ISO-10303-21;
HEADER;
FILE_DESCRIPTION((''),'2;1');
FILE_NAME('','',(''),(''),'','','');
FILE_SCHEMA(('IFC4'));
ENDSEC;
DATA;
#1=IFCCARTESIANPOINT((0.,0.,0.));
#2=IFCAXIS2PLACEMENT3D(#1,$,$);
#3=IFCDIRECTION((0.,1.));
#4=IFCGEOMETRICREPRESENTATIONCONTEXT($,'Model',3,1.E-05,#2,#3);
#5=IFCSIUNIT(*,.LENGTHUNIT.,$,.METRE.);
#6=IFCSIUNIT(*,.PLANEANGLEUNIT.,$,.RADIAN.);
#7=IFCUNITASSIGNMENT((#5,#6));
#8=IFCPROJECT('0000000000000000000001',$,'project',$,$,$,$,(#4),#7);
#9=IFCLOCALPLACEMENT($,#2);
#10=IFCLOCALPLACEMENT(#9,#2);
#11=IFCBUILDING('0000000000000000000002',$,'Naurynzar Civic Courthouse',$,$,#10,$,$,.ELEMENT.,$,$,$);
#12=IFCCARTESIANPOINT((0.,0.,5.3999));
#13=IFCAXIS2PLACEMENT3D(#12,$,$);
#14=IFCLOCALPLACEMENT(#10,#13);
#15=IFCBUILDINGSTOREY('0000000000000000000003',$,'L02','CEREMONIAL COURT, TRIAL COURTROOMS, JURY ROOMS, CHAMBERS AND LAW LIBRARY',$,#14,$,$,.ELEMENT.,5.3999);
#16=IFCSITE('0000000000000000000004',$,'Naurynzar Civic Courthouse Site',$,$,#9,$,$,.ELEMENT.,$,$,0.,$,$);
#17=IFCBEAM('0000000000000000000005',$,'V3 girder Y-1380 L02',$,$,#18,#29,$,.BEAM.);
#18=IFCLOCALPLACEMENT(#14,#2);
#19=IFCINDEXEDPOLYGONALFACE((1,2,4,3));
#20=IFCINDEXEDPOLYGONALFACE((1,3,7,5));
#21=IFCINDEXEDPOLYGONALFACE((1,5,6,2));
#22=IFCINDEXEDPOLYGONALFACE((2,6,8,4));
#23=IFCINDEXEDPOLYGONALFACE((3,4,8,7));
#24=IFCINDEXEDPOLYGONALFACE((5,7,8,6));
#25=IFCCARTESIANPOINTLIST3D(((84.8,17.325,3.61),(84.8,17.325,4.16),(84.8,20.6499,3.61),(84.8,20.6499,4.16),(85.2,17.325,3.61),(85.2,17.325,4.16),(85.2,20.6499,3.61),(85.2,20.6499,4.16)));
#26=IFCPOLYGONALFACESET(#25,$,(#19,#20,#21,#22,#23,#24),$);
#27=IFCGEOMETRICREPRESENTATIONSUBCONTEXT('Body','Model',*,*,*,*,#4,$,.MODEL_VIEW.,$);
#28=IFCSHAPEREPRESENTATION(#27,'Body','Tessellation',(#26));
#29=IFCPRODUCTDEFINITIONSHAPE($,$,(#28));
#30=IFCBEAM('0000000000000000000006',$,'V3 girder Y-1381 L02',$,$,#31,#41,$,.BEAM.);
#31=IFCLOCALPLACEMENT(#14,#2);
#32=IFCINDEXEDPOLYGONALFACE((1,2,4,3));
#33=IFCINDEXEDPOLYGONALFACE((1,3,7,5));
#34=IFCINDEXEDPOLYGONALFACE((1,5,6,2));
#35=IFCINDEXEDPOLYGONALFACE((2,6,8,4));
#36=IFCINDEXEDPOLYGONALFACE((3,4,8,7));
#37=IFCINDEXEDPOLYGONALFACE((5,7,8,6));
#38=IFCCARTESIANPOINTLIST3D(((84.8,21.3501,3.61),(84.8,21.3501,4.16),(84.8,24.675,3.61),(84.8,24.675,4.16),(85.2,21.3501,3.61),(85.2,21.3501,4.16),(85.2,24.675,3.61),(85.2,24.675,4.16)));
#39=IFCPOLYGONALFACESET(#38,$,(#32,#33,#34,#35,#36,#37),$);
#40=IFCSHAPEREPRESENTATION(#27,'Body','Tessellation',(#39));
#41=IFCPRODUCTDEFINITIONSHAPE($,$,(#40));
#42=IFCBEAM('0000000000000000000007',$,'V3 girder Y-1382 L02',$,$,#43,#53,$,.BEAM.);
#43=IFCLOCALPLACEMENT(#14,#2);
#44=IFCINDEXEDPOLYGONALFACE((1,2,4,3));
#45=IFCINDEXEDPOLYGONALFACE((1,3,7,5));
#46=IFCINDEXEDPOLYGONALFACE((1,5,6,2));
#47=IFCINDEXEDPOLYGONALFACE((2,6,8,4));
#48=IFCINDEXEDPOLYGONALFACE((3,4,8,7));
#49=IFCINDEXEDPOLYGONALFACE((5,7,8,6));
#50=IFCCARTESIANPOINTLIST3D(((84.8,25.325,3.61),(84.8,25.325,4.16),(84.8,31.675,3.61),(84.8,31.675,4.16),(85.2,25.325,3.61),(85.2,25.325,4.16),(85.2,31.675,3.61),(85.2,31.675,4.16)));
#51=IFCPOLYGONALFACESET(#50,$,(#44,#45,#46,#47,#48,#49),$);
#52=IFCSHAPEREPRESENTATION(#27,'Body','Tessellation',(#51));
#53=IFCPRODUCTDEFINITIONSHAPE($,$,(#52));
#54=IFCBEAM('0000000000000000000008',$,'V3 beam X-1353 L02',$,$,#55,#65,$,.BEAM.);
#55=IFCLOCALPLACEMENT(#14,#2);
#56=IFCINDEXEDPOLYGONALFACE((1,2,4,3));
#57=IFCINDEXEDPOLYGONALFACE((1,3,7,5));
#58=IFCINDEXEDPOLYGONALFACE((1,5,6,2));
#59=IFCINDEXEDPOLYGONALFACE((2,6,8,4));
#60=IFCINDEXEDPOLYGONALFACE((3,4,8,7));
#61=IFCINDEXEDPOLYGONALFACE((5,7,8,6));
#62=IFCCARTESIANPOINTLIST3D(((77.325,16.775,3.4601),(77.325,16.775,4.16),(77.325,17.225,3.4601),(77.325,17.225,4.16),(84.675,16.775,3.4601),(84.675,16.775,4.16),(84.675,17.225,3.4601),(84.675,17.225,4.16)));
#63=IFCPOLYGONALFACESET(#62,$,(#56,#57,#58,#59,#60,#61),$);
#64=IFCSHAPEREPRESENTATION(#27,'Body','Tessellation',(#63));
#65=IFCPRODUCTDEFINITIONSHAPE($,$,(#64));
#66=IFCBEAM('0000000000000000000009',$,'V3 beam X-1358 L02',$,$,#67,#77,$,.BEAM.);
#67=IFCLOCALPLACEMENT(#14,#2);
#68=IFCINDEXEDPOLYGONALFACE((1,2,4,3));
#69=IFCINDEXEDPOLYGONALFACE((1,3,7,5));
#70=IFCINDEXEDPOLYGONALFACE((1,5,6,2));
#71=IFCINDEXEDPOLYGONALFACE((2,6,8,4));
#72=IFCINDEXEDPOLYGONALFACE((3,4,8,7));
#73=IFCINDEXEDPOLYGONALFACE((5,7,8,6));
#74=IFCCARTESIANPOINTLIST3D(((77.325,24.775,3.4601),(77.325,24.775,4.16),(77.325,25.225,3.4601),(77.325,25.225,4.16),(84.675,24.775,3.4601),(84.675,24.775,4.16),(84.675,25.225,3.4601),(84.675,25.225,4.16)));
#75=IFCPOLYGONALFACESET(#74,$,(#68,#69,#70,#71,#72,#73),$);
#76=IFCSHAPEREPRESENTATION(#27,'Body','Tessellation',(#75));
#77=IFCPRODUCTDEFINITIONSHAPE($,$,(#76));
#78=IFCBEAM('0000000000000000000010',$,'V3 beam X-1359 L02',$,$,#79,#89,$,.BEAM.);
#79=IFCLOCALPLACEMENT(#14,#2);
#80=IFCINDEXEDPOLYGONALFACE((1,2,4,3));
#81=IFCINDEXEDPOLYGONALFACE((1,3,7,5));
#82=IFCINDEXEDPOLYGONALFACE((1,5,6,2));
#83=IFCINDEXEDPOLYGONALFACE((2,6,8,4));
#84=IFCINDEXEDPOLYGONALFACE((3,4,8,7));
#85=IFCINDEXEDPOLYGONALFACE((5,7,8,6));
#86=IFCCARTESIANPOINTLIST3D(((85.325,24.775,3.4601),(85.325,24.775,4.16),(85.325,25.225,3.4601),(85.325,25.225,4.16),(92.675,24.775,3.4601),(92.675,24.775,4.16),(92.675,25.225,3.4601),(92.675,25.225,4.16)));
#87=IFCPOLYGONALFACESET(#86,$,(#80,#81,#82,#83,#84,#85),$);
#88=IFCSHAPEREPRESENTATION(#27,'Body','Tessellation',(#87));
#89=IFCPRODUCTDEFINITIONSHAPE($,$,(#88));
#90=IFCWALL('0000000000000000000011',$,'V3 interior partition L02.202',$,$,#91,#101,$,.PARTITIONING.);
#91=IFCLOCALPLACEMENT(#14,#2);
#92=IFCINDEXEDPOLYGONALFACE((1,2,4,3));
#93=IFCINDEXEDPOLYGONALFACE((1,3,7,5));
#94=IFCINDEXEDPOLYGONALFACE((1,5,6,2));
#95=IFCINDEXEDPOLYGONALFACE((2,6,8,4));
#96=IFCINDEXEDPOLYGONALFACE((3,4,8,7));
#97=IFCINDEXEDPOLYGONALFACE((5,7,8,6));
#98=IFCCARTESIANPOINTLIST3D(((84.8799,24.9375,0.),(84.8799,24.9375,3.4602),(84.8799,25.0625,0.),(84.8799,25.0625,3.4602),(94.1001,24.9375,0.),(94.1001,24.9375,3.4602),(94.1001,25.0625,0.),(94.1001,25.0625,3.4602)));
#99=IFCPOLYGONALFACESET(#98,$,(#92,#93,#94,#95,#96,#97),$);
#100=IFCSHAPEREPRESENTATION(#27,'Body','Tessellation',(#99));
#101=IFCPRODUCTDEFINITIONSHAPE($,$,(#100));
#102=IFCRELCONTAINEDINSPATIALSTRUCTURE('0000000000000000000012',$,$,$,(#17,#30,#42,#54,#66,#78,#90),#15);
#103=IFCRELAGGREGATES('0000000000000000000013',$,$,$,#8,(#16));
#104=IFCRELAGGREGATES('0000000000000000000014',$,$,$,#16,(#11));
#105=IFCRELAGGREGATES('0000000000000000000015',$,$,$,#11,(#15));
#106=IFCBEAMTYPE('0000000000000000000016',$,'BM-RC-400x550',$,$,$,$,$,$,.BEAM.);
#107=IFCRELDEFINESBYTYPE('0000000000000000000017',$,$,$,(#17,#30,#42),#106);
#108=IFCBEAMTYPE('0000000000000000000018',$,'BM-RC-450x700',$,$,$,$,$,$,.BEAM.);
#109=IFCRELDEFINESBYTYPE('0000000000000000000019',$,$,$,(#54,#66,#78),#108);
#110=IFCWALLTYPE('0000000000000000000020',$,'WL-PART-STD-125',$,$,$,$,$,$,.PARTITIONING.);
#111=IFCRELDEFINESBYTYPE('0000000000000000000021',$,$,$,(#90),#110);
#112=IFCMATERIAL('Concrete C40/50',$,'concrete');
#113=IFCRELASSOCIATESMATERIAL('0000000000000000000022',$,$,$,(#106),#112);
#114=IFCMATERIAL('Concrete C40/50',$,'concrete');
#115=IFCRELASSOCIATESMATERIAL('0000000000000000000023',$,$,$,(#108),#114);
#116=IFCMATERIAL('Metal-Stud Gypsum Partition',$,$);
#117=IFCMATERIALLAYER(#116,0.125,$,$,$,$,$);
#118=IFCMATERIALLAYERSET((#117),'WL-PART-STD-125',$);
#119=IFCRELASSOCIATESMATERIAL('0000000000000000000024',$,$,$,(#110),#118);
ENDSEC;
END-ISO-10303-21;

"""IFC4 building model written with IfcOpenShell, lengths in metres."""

from ifc_helpers import new_model, si_unit, direction, frame, frame_2d, origin, origin_2d, place, context, subcontext, project, spatial, rectangle, extrude, material, layer, layer_set, material_profile, profile_set, type_object, element, save


model = new_model("IFC4")

# Units and contexts
model_context = context("Model", 3, precision=1e-05, world=origin(), true_north=direction((0.0, 1.0)))
body_context = subcontext(model_context, "Body", "Model", "MODEL_VIEW")
ifc_project = project(units=[si_unit("LENGTHUNIT", "METRE"), si_unit("PLANEANGLEUNIT", "RADIAN")], contexts=[model_context])

# Site, building, storey
site_placement = place(None, origin())
site = spatial("IfcSite", under=ifc_project, at=site_placement, Name="Naurynzar Civic Courthouse Site", CompositionType="ELEMENT", RefElevation=0.0)
building_placement = place(site_placement, origin())
building = spatial("IfcBuilding", under=site, at=building_placement, Name="Naurynzar Civic Courthouse", CompositionType="ELEMENT")
storey_placement = place(building_placement, frame((0.0, 0.0, 5.3999)))
storey = spatial("IfcBuildingStorey", under=building, at=storey_placement, Name="L02", Description="CEREMONIAL COURT, TRIAL COURTROOMS, JURY ROOMS, CHAMBERS AND LAW LIBRARY", CompositionType="ELEMENT", Elevation=5.3999)

# Beams
ifc_material_1 = material(Name="Concrete C40/50", Category="concrete")
ifc_material_profile_1 = material_profile(ifc_material_1, rectangle(XDim=0.3999, YDim=0.55, at=origin_2d()), Name="RCB 400x550")
ifc_profile_set_1 = profile_set([ifc_material_profile_1], Name="Concrete C40/50")
beam_type_1 = type_object("IfcBeamType", Name="BM-RC-400x550", PredefinedType="BEAM", material=ifc_profile_set_1)
for number, where, z_axis, x_axis, name in (
    (1, (85.0, 17.325, 3.885), (0.0, 1.0, 0.0), (-1.0, 0.0, 0.0), "V3 girder Y-1380 L02"),
    (2, (85.0, 21.3501, 3.885), (0.0, 1.0, 0.0), (-1.0, 0.0, 0.0), "V3 girder Y-1381 L02"),
):
    element("IfcBeam", number, at=place(storey_placement, frame(where, z_axis=z_axis, x_axis=x_axis)), inside=storey, type_object=beam_type_1, Name=name, PredefinedType="BEAM", context=body_context, shape_type="SweptSolid", body=[
        extrude(rectangle(XDim=0.3999, YDim=0.55, at=origin_2d()), origin(), (0.0, 0.0, 1.0), 3.325),
    ])
beam_1_placement = place(storey_placement, frame((85.0, 25.325, 3.885), z_axis=(0.0, 1.0, 0.0), x_axis=(-1.0, 0.0, 0.0)))
element("IfcBeam", 3, at=beam_1_placement, inside=storey, type_object=beam_type_1, Name="V3 girder Y-1382 L02", PredefinedType="BEAM", context=body_context, shape_type="SweptSolid", body=[
    extrude(rectangle(XDim=0.3999, YDim=0.55, at=origin_2d()), origin(), (0.0, 0.0, 1.0), 6.3501),
])
ifc_material_2 = material(Name="Concrete C40/50", Category="concrete")
ifc_material_profile_2 = material_profile(ifc_material_2, rectangle(XDim=0.45, YDim=0.7, at=origin_2d()), Name="RCB 450x700")
ifc_profile_set_2 = profile_set([ifc_material_profile_2], Name="Concrete C40/50")
beam_type_2 = type_object("IfcBeamType", Name="BM-RC-450x700", PredefinedType="BEAM", material=ifc_profile_set_2)
for number, where, z_axis, x_axis, name in (
    (4, (77.325, 17.0, 3.8101), (1.0, 0.0, 0.0), (0.0, 1.0, 0.0), "V3 beam X-1353 L02"),
    (5, (77.325, 25.0, 3.8101), (1.0, 0.0, 0.0), (0.0, 1.0, 0.0), "V3 beam X-1358 L02"),
    (6, (85.325, 25.0, 3.8101), (1.0, 0.0, 0.0), (0.0, 1.0, 0.0), "V3 beam X-1359 L02"),
):
    element("IfcBeam", number, at=place(storey_placement, frame(where, z_axis=z_axis, x_axis=x_axis)), inside=storey, type_object=beam_type_2, Name=name, PredefinedType="BEAM", context=body_context, shape_type="SweptSolid", body=[
        extrude(rectangle(XDim=0.45, YDim=0.7, at=origin_2d()), origin(), (0.0, 0.0, 1.0), 7.3501),
    ])

# Wall
ifc_material_3 = material(Name="Metal-Stud Gypsum Partition")
ifc_layer = layer(ifc_material_3, 0.125)
ifc_layer_set = layer_set([ifc_layer], Name="WL-PART-STD-125")
wall_type = type_object("IfcWallType", Name="WL-PART-STD-125", PredefinedType="PARTITIONING", material=ifc_layer_set)
wall_placement = place(storey_placement, frame((84.8799, 25.0, 0.0), z_axis=(0.0, 0.0, 1.0), x_axis=(1.0, 0.0, 0.0)))
element("IfcWall", 7, at=wall_placement, inside=storey, type_object=wall_type, Name="V3 interior partition L02.202", PredefinedType="PARTITIONING", context=body_context, shape_type="SweptSolid", body=[
    extrude(rectangle(XDim=9.2202, YDim=0.125, at=frame_2d((4.6101, 0.0))), origin(), (0.0, 0.0, 1.0), 3.4602),
])

save(model, "model.ifc")
